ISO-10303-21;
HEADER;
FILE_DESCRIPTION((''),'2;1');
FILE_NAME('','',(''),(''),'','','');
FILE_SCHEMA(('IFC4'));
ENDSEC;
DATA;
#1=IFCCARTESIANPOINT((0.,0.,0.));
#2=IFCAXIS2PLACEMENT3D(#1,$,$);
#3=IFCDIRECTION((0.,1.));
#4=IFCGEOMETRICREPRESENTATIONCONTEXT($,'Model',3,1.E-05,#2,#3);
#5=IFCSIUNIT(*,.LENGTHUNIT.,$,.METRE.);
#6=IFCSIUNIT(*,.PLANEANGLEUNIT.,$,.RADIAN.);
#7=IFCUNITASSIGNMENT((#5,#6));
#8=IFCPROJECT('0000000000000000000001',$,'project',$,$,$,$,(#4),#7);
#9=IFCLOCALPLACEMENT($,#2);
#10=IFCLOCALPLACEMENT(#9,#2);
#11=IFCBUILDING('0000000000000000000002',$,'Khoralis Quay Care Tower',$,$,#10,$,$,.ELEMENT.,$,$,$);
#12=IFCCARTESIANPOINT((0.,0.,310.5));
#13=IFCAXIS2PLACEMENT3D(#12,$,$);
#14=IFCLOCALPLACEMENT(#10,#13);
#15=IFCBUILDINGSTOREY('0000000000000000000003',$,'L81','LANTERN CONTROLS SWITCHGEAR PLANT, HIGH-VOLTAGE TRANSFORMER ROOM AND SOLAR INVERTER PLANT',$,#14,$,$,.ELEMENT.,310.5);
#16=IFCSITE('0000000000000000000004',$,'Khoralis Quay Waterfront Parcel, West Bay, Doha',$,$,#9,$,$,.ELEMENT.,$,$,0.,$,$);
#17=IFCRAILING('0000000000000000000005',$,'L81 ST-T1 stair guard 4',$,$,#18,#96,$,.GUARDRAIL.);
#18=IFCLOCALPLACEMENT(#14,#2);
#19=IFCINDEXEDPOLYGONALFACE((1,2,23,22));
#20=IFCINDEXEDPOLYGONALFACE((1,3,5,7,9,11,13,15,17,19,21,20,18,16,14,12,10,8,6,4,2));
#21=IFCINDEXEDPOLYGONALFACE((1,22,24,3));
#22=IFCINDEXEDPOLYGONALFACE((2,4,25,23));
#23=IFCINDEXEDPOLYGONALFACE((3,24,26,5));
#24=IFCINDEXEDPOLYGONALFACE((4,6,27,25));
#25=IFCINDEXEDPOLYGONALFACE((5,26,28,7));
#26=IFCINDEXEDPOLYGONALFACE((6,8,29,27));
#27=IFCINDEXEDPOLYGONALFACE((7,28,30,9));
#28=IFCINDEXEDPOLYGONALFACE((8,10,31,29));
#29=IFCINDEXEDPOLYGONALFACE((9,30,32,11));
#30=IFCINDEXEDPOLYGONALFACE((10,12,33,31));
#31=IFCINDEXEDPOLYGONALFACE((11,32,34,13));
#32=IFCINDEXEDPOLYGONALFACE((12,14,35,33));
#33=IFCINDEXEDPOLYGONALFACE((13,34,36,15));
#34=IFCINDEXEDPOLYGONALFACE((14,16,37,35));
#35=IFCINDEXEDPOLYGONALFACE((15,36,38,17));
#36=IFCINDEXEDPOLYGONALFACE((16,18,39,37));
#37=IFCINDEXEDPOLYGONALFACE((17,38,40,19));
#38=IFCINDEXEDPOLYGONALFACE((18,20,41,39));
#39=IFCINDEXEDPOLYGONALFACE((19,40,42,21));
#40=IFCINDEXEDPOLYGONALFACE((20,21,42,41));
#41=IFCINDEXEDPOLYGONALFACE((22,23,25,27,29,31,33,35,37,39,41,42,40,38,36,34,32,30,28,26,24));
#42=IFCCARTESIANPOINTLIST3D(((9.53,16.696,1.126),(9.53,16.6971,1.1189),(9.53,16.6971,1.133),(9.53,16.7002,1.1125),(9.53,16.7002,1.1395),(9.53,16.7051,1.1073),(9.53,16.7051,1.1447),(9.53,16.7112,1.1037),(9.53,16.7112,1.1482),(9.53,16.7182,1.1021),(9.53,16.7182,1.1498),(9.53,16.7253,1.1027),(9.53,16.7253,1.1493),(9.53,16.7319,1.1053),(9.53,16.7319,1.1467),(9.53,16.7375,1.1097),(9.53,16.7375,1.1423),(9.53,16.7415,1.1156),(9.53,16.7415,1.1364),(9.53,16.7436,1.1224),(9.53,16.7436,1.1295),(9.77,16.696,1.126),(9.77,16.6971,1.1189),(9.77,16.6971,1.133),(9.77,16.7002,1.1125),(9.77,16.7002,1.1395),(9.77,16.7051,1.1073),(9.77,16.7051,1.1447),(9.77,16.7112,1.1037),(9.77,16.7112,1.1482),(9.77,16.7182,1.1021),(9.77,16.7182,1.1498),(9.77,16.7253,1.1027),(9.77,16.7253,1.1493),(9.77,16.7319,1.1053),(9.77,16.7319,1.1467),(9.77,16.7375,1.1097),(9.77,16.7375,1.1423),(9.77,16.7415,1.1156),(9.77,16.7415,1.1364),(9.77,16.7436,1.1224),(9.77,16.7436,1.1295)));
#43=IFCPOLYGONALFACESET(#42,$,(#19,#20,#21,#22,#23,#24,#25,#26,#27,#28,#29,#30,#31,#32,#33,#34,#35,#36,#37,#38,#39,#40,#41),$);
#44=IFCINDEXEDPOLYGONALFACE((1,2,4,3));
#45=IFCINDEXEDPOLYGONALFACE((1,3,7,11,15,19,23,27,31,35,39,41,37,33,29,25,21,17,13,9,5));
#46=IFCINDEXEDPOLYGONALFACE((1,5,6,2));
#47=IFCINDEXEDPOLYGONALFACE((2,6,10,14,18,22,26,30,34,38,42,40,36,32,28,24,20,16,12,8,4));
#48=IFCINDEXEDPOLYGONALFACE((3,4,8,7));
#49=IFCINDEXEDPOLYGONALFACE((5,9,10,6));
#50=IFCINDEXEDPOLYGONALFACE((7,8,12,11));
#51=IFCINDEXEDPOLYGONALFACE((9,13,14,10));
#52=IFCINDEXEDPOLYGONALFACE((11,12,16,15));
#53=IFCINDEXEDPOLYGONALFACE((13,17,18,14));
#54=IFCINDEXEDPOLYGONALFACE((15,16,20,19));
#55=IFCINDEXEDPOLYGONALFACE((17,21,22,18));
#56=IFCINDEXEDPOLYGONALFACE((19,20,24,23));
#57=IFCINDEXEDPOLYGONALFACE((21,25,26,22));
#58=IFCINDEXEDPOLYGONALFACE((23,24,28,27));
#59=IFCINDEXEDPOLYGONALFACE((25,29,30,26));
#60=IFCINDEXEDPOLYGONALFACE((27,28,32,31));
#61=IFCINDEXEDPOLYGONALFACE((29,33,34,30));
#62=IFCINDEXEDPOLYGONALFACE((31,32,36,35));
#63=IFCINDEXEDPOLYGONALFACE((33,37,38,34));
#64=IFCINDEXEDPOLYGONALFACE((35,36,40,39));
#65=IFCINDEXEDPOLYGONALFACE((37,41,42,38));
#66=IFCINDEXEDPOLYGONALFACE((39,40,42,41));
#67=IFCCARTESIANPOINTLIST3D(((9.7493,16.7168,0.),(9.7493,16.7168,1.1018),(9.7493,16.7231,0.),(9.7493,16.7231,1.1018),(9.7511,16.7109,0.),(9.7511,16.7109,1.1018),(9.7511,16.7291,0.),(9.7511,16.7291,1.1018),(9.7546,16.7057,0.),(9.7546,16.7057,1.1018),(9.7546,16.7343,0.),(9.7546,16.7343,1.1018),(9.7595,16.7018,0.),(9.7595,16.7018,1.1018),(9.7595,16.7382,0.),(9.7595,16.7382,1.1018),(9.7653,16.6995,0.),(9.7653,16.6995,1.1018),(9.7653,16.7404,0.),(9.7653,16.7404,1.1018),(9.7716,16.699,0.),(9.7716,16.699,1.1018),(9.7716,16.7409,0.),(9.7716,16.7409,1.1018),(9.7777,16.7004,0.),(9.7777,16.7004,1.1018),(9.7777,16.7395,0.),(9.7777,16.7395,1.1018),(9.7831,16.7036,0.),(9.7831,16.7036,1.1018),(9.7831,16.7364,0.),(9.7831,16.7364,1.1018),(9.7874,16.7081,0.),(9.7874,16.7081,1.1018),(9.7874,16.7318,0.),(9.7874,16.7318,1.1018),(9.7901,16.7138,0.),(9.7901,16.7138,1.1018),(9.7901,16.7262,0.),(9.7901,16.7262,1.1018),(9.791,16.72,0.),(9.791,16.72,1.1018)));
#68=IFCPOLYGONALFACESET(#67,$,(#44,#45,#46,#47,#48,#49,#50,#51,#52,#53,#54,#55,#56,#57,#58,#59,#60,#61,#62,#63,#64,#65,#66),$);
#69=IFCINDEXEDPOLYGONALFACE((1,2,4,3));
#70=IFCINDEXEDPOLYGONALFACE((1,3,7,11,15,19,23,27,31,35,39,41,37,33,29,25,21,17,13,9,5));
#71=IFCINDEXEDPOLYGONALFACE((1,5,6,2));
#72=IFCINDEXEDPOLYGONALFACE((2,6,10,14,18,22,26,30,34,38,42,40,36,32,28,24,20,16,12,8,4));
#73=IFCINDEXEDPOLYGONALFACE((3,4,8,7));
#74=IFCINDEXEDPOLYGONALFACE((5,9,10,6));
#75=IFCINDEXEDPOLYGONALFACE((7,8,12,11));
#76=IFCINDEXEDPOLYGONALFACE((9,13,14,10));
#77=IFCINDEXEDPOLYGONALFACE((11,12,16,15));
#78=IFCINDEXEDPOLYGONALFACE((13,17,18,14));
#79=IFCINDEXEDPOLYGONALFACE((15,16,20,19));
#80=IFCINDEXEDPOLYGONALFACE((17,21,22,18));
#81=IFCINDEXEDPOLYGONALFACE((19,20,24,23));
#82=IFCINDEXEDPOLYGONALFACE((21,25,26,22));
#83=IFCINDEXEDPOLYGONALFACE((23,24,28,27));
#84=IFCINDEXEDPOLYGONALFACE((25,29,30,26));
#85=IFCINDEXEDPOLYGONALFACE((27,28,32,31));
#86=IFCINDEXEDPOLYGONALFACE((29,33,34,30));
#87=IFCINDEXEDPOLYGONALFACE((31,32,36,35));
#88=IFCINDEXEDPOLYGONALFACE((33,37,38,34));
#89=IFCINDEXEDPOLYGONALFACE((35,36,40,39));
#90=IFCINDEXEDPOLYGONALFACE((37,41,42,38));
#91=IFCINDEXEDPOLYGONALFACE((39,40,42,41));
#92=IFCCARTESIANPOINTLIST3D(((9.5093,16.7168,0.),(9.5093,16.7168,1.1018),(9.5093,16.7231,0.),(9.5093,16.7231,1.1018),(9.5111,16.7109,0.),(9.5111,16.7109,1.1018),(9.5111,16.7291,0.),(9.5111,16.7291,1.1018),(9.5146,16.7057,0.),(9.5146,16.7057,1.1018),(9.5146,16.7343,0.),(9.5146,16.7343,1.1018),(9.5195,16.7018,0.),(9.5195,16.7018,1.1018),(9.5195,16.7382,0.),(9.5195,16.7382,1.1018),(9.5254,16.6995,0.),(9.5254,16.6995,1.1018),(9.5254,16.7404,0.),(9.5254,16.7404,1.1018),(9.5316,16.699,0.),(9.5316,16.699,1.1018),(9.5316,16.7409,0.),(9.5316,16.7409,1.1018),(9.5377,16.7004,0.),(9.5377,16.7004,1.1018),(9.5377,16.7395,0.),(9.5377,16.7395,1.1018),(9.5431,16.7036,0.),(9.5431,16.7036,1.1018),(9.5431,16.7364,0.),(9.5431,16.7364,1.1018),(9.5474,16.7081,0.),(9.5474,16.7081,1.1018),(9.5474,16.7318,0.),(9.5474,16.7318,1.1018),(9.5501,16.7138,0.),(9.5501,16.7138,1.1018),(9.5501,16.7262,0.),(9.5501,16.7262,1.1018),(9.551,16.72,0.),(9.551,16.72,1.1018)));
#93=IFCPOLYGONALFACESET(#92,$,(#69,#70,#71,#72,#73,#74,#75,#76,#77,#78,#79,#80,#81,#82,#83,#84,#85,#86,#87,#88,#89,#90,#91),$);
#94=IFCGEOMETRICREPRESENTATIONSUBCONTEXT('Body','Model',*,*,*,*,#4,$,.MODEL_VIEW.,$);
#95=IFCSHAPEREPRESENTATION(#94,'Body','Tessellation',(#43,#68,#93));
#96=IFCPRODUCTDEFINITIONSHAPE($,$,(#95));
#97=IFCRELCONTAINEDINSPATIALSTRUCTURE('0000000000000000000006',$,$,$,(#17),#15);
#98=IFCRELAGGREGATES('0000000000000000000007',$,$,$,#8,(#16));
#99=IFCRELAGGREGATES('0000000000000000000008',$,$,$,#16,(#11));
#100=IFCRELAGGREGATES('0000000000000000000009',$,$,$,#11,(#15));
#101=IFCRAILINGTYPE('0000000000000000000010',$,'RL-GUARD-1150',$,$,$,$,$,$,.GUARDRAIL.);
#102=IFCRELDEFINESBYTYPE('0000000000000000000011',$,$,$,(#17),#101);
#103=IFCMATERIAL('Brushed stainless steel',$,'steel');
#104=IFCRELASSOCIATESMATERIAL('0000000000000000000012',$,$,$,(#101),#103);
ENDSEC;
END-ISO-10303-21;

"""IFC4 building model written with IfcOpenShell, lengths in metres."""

from ifc_helpers import new_model, si_unit, direction, frame, origin, origin_2d, place, context, subcontext, project, spatial, circle, extrude, material, type_object, element, save


model = new_model("IFC4")

# Units and contexts
model_context = context("Model", 3, precision=1e-05, world=origin(), true_north=direction((0.0, 1.0)))
body_context = subcontext(model_context, "Body", "Model", "MODEL_VIEW")
ifc_project = project(units=[si_unit("LENGTHUNIT", "METRE"), si_unit("PLANEANGLEUNIT", "RADIAN")], contexts=[model_context])

# Site, building, storey
site_placement = place(None, origin())
site = spatial("IfcSite", under=ifc_project, at=site_placement, Name="Khoralis Quay Waterfront Parcel, West Bay, Doha", CompositionType="ELEMENT", RefElevation=0.0)
building_placement = place(site_placement, origin())
building = spatial("IfcBuilding", under=site, at=building_placement, Name="Khoralis Quay Care Tower", CompositionType="ELEMENT")
storey_placement = place(building_placement, frame((0.0, 0.0, 310.5)))
storey = spatial("IfcBuildingStorey", under=building, at=storey_placement, Name="L81", Description="LANTERN CONTROLS SWITCHGEAR PLANT, HIGH-VOLTAGE TRANSFORMER ROOM AND SOLAR INVERTER PLANT", CompositionType="ELEMENT", Elevation=310.5)

# Shared definitions
ifc_material_1 = material(Name="Brushed stainless steel", Category="steel")

# Railing
railing_type_1 = type_object("IfcRailingType", Name="RL-GUARD-1150", PredefinedType="GUARDRAIL", material=ifc_material_1)
railing_1_placement = place(storey_placement, frame((9.77, 16.72, 0.0)))
element("IfcRailing", 1, at=railing_1_placement, inside=storey, type_object=railing_type_1, Name="L81 ST-T1 stair guard 4", PredefinedType="GUARDRAIL", context=body_context, shape_type="SweptSolid", body=[
    extrude(circle(Radius=0.0239, at=origin_2d()), frame((0.0, 0.0, 1.126), z_axis=(-1.0, 0.0, 0.0), x_axis=(0.0, -1.0, 0.0)), (0.0, 0.0, 1.0), 0.24),
    extrude(circle(Radius=0.021, at=origin_2d()), origin(), (0.0, 0.0, 1.0), 1.1018),
    extrude(circle(Radius=0.021, at=origin_2d()), frame((-0.24, 0.0, 0.0)), (0.0, 0.0, 1.0), 1.1018),
])

save(model, "model.ifc")
